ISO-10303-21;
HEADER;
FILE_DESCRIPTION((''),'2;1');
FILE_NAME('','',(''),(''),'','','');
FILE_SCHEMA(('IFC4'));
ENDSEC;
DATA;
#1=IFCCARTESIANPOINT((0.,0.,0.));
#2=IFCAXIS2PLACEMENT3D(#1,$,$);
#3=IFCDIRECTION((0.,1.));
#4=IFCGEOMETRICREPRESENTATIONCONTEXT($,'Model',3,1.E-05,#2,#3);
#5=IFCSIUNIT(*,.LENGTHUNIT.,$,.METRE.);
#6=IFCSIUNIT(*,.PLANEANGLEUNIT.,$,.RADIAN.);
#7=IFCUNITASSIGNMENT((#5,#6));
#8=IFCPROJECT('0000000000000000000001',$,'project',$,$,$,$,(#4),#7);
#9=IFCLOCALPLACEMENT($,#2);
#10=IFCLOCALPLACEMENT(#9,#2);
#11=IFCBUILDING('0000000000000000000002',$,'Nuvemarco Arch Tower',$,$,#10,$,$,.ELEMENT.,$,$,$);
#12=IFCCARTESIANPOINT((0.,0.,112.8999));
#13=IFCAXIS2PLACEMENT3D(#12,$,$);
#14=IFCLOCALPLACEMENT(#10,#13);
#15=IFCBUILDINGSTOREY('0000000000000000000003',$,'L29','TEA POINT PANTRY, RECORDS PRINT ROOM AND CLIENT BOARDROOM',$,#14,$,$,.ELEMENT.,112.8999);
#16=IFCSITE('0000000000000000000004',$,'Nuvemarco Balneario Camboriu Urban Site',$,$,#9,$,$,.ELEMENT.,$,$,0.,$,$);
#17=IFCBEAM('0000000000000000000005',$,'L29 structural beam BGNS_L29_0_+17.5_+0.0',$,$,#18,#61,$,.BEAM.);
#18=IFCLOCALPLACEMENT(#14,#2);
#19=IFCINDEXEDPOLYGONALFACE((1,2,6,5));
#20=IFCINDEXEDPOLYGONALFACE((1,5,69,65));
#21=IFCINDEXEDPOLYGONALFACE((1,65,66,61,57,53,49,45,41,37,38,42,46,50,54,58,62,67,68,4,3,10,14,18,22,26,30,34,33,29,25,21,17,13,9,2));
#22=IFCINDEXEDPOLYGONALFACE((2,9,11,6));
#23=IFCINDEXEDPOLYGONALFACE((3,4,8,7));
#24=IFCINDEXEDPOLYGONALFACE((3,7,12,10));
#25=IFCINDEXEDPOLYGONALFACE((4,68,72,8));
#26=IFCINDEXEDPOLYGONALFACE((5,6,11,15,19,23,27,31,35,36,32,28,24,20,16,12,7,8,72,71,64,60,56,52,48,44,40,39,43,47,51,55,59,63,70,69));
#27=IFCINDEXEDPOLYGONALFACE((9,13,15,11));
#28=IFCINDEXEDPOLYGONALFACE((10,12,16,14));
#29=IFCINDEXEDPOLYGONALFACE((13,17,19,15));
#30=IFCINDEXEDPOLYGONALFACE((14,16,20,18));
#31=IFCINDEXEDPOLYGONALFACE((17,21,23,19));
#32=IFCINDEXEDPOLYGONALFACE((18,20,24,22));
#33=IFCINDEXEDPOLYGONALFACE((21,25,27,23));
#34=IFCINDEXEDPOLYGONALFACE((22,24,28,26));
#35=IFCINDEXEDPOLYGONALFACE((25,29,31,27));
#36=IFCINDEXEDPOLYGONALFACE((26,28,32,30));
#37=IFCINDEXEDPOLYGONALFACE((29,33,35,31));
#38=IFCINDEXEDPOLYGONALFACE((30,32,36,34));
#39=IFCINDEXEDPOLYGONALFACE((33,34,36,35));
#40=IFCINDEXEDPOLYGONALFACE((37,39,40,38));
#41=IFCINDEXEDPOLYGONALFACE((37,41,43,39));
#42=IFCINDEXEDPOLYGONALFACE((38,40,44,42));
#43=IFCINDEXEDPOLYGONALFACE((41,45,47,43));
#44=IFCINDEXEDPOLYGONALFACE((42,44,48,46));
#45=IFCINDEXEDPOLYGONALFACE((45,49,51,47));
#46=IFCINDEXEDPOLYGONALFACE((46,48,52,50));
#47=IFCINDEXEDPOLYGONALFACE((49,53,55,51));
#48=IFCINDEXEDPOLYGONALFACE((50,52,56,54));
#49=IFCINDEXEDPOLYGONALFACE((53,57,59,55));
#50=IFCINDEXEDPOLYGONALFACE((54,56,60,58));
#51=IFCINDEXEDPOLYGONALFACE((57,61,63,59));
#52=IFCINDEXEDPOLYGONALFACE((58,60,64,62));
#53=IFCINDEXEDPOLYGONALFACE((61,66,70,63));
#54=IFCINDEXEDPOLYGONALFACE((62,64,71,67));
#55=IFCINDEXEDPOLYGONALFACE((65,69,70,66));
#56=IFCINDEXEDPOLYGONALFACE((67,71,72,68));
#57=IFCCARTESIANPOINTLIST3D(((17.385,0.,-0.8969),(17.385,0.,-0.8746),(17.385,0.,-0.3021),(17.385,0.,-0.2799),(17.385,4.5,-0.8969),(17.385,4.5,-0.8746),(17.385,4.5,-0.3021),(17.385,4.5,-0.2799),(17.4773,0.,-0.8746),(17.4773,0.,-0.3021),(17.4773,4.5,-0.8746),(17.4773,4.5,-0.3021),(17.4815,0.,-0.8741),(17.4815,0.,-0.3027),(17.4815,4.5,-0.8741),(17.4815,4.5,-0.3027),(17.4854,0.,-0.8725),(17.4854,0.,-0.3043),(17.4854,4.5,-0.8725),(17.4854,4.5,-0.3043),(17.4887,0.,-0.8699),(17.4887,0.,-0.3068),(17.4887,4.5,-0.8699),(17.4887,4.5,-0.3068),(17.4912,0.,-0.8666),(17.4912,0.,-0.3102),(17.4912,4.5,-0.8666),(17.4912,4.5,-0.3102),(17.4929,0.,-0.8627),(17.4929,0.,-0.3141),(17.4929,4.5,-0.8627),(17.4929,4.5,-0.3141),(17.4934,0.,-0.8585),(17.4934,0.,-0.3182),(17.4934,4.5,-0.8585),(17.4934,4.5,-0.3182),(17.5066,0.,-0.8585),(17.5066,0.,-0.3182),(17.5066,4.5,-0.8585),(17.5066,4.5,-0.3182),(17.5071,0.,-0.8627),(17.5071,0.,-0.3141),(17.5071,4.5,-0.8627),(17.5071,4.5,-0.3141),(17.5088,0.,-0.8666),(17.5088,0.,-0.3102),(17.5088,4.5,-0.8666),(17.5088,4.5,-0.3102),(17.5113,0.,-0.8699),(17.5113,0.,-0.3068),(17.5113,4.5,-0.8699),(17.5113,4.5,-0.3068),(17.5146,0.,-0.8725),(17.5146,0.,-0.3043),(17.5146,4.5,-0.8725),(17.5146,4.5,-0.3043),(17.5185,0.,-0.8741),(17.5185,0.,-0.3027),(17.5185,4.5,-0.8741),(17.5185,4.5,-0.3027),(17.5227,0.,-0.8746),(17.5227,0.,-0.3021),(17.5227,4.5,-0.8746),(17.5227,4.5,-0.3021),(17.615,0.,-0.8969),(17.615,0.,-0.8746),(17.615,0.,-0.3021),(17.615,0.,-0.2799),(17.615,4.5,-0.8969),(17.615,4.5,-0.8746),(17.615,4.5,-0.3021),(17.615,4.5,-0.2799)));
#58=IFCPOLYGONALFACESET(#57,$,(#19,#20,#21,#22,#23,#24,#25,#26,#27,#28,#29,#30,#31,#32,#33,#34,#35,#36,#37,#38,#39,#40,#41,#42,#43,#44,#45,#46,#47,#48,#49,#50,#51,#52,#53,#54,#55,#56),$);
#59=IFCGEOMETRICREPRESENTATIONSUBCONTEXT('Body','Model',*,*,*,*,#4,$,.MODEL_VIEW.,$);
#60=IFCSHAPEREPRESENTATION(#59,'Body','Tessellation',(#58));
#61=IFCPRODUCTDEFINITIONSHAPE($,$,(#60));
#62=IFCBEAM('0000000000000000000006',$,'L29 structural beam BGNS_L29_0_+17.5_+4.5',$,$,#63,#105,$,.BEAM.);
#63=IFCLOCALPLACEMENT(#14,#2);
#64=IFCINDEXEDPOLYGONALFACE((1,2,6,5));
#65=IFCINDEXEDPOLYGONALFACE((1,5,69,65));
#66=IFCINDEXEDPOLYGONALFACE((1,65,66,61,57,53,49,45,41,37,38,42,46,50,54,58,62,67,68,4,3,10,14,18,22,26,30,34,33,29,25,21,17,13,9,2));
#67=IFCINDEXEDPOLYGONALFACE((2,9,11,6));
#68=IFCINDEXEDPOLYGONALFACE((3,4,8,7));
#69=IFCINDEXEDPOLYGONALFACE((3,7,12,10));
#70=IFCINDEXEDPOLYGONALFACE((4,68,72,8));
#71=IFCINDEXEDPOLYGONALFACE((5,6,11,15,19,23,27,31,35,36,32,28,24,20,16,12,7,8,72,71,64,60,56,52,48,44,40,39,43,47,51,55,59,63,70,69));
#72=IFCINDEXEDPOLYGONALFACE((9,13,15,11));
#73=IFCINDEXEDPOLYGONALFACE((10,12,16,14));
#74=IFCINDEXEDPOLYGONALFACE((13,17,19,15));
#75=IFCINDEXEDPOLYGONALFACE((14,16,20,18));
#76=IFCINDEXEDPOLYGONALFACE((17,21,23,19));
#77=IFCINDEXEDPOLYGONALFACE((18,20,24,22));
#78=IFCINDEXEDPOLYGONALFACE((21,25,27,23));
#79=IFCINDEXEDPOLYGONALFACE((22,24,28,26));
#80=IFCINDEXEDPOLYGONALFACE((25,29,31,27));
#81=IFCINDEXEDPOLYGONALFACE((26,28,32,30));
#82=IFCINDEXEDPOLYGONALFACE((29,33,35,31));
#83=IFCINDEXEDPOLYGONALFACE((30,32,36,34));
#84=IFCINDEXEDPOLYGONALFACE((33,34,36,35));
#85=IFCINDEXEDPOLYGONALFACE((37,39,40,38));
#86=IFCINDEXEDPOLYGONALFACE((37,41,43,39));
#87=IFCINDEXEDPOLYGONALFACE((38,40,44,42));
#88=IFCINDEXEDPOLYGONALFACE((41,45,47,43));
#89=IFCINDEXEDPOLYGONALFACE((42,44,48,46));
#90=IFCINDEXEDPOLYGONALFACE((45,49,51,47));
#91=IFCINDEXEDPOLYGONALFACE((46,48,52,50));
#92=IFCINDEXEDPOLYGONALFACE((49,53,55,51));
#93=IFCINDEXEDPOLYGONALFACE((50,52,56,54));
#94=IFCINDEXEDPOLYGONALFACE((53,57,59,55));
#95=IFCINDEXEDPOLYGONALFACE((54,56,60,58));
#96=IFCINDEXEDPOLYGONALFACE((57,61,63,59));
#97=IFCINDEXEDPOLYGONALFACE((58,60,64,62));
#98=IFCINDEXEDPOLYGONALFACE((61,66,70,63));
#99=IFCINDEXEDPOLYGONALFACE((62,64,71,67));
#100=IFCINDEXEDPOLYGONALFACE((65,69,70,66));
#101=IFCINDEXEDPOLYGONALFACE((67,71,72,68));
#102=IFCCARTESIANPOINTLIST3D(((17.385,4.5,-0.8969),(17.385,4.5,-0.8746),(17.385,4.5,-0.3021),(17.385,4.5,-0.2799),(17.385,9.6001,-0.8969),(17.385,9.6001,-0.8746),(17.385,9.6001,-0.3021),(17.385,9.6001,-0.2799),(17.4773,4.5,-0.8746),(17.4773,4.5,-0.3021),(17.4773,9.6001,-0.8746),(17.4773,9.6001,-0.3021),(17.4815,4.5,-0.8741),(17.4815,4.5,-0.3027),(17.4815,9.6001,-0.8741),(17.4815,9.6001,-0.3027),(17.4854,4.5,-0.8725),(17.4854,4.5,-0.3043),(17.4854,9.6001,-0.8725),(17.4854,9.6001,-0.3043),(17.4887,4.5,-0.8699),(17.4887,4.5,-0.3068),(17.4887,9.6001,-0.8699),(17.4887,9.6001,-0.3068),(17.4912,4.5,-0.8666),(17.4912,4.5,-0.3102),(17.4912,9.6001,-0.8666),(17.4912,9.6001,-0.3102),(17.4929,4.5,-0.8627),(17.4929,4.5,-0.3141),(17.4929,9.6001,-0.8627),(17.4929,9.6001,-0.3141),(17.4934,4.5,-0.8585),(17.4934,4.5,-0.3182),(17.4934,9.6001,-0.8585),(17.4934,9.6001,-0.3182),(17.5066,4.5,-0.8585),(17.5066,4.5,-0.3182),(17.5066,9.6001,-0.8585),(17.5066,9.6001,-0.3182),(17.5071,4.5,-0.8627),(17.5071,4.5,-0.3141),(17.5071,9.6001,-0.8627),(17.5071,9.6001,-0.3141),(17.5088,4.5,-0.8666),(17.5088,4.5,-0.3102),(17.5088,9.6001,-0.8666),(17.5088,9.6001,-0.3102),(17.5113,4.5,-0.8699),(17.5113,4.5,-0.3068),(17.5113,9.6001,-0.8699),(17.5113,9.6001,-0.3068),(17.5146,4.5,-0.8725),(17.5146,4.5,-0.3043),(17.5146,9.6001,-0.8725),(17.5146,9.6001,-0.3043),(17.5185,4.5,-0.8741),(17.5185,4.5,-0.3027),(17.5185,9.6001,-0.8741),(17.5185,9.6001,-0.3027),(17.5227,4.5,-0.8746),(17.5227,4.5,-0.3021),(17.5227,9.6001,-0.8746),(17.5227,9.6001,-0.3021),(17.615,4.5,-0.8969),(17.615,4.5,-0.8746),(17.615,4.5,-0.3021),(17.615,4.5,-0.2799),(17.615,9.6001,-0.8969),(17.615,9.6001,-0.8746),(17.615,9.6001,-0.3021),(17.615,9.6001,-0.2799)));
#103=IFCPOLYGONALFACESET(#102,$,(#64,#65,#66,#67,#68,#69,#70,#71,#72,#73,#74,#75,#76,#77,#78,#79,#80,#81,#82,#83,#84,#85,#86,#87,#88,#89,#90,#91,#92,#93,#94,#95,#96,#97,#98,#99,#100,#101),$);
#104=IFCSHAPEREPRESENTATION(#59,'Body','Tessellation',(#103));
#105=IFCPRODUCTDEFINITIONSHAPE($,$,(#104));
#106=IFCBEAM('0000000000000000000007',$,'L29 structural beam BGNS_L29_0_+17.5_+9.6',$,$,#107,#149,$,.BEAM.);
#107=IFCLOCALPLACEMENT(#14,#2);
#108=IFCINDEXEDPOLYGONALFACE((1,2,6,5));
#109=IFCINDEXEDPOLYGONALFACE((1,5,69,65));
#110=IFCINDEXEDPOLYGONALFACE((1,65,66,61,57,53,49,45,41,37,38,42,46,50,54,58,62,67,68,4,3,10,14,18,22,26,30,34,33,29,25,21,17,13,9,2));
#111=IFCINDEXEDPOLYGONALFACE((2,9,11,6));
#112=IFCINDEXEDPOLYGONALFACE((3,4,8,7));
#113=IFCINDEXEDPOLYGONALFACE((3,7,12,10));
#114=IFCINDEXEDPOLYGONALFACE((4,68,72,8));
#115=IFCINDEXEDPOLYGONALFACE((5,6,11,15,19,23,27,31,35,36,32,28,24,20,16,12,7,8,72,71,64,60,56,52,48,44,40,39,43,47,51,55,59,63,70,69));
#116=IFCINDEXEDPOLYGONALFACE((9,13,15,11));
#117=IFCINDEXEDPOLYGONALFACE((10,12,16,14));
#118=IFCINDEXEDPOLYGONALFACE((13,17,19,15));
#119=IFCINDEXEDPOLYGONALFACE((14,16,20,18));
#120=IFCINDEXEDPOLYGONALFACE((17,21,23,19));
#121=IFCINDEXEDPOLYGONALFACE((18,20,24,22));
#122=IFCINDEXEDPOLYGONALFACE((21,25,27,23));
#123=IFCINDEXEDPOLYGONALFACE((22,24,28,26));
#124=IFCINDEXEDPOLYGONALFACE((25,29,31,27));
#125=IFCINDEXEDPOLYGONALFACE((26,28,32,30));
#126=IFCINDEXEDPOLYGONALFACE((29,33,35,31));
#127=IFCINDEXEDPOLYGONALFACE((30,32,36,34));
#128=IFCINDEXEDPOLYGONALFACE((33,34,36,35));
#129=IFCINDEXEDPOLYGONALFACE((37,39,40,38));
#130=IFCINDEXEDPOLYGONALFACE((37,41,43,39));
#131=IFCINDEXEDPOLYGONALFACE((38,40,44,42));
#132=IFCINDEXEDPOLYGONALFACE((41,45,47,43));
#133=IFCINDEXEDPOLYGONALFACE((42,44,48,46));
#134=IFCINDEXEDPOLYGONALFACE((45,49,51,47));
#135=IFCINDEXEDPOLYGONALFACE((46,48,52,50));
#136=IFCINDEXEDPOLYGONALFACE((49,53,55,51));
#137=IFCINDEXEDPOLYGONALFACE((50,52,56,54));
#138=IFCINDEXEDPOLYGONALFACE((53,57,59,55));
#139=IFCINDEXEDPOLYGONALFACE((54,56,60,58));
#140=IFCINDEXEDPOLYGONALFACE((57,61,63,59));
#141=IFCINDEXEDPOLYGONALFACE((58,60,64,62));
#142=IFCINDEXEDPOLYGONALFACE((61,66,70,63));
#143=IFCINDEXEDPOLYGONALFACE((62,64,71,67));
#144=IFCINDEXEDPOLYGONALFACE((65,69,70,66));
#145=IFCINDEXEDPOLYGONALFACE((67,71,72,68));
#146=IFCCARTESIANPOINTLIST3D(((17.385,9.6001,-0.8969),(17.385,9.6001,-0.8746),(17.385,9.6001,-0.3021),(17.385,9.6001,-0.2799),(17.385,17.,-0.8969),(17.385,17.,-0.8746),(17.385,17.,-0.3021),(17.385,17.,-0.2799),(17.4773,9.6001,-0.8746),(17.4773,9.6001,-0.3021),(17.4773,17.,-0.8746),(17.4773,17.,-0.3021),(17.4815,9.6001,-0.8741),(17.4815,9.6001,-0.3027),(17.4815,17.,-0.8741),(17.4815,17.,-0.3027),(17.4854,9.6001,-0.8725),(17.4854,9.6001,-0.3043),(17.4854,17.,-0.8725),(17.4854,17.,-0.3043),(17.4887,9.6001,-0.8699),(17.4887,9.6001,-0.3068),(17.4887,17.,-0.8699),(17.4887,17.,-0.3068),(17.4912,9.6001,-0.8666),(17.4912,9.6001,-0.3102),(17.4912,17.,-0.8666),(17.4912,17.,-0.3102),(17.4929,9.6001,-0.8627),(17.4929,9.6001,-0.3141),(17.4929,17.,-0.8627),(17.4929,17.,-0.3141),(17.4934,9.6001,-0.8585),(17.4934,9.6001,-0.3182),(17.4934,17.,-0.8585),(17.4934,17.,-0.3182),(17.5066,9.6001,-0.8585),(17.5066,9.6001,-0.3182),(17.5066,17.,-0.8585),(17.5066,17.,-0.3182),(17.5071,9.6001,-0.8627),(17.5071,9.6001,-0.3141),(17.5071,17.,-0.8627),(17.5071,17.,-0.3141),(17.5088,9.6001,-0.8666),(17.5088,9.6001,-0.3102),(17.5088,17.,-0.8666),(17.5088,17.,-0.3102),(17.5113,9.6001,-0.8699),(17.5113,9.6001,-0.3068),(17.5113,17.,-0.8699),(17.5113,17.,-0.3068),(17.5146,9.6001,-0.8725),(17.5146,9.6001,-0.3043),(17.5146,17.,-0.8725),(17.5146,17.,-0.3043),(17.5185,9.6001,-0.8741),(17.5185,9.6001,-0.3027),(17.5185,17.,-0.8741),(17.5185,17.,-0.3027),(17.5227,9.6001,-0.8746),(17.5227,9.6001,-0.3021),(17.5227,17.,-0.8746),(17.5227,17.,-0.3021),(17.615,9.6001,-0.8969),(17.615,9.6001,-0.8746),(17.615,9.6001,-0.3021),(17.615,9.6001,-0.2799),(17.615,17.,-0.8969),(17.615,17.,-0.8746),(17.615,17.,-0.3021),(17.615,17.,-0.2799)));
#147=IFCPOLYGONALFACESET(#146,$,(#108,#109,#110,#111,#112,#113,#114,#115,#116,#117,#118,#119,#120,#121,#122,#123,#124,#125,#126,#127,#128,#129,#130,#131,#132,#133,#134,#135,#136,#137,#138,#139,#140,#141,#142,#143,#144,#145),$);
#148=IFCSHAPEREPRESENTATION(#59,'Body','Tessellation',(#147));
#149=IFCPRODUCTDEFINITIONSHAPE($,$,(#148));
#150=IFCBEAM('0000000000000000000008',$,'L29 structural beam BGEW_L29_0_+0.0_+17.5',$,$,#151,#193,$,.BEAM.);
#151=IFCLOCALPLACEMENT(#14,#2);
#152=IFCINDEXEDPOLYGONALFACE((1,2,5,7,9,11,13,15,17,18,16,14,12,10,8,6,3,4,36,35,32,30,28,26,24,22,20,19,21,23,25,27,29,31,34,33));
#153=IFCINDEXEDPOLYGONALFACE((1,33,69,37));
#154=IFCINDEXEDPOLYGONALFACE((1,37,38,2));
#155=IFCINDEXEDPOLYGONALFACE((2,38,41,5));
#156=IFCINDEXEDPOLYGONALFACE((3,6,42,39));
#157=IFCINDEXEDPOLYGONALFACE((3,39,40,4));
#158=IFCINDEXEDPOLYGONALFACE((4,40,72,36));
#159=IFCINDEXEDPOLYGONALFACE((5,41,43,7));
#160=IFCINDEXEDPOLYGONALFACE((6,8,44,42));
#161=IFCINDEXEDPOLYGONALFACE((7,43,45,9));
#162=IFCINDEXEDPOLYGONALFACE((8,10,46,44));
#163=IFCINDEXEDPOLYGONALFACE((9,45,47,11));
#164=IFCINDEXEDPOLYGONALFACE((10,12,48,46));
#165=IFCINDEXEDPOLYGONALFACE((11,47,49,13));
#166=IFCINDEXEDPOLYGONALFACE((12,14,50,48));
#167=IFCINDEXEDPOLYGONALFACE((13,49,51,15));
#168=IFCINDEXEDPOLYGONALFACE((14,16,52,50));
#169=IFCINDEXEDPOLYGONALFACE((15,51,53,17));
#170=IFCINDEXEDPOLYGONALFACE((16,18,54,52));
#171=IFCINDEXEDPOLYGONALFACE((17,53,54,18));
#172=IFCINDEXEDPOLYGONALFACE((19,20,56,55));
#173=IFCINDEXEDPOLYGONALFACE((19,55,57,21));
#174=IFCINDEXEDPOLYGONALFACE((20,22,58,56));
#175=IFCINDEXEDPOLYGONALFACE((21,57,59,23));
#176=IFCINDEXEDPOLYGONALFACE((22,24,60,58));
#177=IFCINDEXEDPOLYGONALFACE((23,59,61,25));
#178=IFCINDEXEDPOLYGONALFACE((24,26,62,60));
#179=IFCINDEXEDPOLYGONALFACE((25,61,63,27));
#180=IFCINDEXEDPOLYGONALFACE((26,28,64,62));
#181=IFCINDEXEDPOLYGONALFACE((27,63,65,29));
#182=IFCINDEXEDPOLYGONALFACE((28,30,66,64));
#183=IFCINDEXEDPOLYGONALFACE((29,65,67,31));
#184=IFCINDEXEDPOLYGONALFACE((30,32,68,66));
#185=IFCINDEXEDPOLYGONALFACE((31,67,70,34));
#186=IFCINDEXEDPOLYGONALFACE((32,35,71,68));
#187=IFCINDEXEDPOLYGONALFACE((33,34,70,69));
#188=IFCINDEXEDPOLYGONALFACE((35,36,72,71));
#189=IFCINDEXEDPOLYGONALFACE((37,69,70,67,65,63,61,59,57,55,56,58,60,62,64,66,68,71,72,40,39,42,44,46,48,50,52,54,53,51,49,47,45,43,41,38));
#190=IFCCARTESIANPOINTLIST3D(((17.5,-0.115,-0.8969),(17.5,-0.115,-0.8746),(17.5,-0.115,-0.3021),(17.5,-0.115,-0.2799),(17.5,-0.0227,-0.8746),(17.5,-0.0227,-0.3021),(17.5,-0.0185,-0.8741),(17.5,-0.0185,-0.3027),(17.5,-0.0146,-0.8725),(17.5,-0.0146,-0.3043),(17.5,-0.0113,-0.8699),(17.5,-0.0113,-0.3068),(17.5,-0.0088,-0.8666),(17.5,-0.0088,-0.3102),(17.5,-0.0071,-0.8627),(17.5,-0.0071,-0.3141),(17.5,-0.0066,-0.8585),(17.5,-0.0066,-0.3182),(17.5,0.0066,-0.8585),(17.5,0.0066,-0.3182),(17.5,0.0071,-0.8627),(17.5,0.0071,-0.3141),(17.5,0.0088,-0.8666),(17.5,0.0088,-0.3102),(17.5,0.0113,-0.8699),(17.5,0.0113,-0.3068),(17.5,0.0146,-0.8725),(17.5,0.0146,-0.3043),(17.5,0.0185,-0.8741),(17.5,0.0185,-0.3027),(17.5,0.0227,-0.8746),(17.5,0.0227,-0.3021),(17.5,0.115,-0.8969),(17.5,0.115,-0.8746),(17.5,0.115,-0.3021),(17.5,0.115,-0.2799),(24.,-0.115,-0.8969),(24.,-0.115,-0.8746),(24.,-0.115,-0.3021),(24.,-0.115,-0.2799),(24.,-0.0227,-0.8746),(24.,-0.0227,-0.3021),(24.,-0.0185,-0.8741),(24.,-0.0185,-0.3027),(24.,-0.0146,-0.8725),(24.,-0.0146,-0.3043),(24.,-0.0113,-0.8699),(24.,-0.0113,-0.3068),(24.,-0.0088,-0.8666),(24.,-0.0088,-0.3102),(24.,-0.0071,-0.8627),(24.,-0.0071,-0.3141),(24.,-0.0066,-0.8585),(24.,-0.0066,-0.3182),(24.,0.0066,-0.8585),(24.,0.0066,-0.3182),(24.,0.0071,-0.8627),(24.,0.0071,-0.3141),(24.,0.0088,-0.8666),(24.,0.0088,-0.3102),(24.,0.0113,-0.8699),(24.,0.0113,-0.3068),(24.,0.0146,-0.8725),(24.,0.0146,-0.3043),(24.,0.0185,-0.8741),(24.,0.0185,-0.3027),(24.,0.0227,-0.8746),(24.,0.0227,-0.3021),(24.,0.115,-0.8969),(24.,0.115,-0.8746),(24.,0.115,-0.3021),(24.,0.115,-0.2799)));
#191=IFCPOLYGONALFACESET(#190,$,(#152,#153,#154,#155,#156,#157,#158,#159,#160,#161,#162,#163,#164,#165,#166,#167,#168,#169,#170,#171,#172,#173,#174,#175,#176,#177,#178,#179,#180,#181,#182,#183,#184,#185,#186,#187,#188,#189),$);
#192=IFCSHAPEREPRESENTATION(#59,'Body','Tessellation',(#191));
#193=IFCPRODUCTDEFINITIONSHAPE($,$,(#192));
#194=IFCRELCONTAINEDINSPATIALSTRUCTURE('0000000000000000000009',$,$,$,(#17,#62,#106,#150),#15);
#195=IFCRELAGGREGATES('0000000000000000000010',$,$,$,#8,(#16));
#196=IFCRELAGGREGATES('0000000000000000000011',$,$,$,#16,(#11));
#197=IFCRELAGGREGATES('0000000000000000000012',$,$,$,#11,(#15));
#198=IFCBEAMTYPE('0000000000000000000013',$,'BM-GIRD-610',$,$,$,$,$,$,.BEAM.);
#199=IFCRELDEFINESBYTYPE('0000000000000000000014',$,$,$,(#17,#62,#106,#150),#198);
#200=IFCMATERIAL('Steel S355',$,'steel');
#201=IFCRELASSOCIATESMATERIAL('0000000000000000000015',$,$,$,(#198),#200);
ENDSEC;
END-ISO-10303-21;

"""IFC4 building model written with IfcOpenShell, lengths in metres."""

from ifc_helpers import new_model, si_unit, direction, frame, origin, origin_2d, place, context, subcontext, project, spatial, i_section, extrude, material, material_profile, profile_set, type_object, element, save


model = new_model("IFC4")

# Units and contexts
model_context = context("Model", 3, precision=1e-05, world=origin(), true_north=direction((0.0, 1.0)))
body_context = subcontext(model_context, "Body", "Model", "MODEL_VIEW")
ifc_project = project(units=[si_unit("LENGTHUNIT", "METRE"), si_unit("PLANEANGLEUNIT", "RADIAN")], contexts=[model_context])

# Site, building, storey
site_placement = place(None, origin())
site = spatial("IfcSite", under=ifc_project, at=site_placement, Name="Nuvemarco Balneario Camboriu Urban Site", CompositionType="ELEMENT", RefElevation=0.0)
building_placement = place(site_placement, origin())
building = spatial("IfcBuilding", under=site, at=building_placement, Name="Nuvemarco Arch Tower", CompositionType="ELEMENT")
storey_placement = place(building_placement, frame((0.0, 0.0, 112.8999)))
storey = spatial("IfcBuildingStorey", under=building, at=storey_placement, Name="L29", Description="TEA POINT PANTRY, RECORDS PRINT ROOM AND CLIENT BOARDROOM", CompositionType="ELEMENT", Elevation=112.8999)

# Shared definitions
ifc_material_1 = material(Name="Steel S355", Category="steel")

# Beams
ifc_material_profile_1 = material_profile(ifc_material_1, i_section(OverallWidth=0.23, OverallDepth=0.6169, WebThickness=0.0132, FlangeThickness=0.0222, FilletRadius=0.0161, at=origin_2d()), Name="W610x140")
ifc_profile_set_1 = profile_set([ifc_material_profile_1], Name="Steel S355")
beam_type_1 = type_object("IfcBeamType", Name="BM-GIRD-610", PredefinedType="BEAM", material=ifc_profile_set_1)
beam_1_placement = place(storey_placement, frame((17.5, 0.0, -0.5884), z_axis=(0.0, 1.0, 0.0), x_axis=(-1.0, 0.0, 0.0)))
element("IfcBeam", 1, at=beam_1_placement, inside=storey, type_object=beam_type_1, Name="L29 structural beam BGNS_L29_0_+17.5_+0.0", PredefinedType="BEAM", context=body_context, shape_type="SweptSolid", body=[
    extrude(i_section(OverallWidth=0.23, OverallDepth=0.6169, WebThickness=0.0132, FlangeThickness=0.0222, FilletRadius=0.0161, at=origin_2d()), origin(), (0.0, 0.0, 1.0), 4.5),
])
beam_2_placement = place(storey_placement, frame((17.5, 4.5, -0.5884), z_axis=(0.0, 1.0, 0.0), x_axis=(-1.0, 0.0, 0.0)))
element("IfcBeam", 2, at=beam_2_placement, inside=storey, type_object=beam_type_1, Name="L29 structural beam BGNS_L29_0_+17.5_+4.5", PredefinedType="BEAM", context=body_context, shape_type="SweptSolid", body=[
    extrude(i_section(OverallWidth=0.23, OverallDepth=0.6169, WebThickness=0.0132, FlangeThickness=0.0222, FilletRadius=0.0161, at=origin_2d()), origin(), (0.0, 0.0, 1.0), 5.1001),
])
beam_3_placement = place(storey_placement, frame((17.5, 9.6001, -0.5884), z_axis=(0.0, 1.0, 0.0), x_axis=(-1.0, 0.0, 0.0)))
element("IfcBeam", 3, at=beam_3_placement, inside=storey, type_object=beam_type_1, Name="L29 structural beam BGNS_L29_0_+17.5_+9.6", PredefinedType="BEAM", context=body_context, shape_type="SweptSolid", body=[
    extrude(i_section(OverallWidth=0.23, OverallDepth=0.6169, WebThickness=0.0132, FlangeThickness=0.0222, FilletRadius=0.0161, at=origin_2d()), origin(), (0.0, 0.0, 1.0), 7.3999),
])
for number, where, z_axis, x_axis, name in (
    (4, (17.5, 0.0, -0.5884), (1.0, 0.0, 0.0), (0.0, 1.0, 0.0), "L29 structural beam BGEW_L29_0_+0.0_+17.5"),
):
    element("IfcBeam", number, at=place(storey_placement, frame(where, z_axis=z_axis, x_axis=x_axis)), inside=storey, type_object=beam_type_1, Name=name, PredefinedType="BEAM", context=body_context, shape_type="SweptSolid", body=[
        extrude(i_section(OverallWidth=0.23, OverallDepth=0.6169, WebThickness=0.0132, FlangeThickness=0.0222, FilletRadius=0.0161, at=origin_2d()), origin(), (0.0, 0.0, 1.0), 6.5),
    ])

save(model, "model.ifc")
